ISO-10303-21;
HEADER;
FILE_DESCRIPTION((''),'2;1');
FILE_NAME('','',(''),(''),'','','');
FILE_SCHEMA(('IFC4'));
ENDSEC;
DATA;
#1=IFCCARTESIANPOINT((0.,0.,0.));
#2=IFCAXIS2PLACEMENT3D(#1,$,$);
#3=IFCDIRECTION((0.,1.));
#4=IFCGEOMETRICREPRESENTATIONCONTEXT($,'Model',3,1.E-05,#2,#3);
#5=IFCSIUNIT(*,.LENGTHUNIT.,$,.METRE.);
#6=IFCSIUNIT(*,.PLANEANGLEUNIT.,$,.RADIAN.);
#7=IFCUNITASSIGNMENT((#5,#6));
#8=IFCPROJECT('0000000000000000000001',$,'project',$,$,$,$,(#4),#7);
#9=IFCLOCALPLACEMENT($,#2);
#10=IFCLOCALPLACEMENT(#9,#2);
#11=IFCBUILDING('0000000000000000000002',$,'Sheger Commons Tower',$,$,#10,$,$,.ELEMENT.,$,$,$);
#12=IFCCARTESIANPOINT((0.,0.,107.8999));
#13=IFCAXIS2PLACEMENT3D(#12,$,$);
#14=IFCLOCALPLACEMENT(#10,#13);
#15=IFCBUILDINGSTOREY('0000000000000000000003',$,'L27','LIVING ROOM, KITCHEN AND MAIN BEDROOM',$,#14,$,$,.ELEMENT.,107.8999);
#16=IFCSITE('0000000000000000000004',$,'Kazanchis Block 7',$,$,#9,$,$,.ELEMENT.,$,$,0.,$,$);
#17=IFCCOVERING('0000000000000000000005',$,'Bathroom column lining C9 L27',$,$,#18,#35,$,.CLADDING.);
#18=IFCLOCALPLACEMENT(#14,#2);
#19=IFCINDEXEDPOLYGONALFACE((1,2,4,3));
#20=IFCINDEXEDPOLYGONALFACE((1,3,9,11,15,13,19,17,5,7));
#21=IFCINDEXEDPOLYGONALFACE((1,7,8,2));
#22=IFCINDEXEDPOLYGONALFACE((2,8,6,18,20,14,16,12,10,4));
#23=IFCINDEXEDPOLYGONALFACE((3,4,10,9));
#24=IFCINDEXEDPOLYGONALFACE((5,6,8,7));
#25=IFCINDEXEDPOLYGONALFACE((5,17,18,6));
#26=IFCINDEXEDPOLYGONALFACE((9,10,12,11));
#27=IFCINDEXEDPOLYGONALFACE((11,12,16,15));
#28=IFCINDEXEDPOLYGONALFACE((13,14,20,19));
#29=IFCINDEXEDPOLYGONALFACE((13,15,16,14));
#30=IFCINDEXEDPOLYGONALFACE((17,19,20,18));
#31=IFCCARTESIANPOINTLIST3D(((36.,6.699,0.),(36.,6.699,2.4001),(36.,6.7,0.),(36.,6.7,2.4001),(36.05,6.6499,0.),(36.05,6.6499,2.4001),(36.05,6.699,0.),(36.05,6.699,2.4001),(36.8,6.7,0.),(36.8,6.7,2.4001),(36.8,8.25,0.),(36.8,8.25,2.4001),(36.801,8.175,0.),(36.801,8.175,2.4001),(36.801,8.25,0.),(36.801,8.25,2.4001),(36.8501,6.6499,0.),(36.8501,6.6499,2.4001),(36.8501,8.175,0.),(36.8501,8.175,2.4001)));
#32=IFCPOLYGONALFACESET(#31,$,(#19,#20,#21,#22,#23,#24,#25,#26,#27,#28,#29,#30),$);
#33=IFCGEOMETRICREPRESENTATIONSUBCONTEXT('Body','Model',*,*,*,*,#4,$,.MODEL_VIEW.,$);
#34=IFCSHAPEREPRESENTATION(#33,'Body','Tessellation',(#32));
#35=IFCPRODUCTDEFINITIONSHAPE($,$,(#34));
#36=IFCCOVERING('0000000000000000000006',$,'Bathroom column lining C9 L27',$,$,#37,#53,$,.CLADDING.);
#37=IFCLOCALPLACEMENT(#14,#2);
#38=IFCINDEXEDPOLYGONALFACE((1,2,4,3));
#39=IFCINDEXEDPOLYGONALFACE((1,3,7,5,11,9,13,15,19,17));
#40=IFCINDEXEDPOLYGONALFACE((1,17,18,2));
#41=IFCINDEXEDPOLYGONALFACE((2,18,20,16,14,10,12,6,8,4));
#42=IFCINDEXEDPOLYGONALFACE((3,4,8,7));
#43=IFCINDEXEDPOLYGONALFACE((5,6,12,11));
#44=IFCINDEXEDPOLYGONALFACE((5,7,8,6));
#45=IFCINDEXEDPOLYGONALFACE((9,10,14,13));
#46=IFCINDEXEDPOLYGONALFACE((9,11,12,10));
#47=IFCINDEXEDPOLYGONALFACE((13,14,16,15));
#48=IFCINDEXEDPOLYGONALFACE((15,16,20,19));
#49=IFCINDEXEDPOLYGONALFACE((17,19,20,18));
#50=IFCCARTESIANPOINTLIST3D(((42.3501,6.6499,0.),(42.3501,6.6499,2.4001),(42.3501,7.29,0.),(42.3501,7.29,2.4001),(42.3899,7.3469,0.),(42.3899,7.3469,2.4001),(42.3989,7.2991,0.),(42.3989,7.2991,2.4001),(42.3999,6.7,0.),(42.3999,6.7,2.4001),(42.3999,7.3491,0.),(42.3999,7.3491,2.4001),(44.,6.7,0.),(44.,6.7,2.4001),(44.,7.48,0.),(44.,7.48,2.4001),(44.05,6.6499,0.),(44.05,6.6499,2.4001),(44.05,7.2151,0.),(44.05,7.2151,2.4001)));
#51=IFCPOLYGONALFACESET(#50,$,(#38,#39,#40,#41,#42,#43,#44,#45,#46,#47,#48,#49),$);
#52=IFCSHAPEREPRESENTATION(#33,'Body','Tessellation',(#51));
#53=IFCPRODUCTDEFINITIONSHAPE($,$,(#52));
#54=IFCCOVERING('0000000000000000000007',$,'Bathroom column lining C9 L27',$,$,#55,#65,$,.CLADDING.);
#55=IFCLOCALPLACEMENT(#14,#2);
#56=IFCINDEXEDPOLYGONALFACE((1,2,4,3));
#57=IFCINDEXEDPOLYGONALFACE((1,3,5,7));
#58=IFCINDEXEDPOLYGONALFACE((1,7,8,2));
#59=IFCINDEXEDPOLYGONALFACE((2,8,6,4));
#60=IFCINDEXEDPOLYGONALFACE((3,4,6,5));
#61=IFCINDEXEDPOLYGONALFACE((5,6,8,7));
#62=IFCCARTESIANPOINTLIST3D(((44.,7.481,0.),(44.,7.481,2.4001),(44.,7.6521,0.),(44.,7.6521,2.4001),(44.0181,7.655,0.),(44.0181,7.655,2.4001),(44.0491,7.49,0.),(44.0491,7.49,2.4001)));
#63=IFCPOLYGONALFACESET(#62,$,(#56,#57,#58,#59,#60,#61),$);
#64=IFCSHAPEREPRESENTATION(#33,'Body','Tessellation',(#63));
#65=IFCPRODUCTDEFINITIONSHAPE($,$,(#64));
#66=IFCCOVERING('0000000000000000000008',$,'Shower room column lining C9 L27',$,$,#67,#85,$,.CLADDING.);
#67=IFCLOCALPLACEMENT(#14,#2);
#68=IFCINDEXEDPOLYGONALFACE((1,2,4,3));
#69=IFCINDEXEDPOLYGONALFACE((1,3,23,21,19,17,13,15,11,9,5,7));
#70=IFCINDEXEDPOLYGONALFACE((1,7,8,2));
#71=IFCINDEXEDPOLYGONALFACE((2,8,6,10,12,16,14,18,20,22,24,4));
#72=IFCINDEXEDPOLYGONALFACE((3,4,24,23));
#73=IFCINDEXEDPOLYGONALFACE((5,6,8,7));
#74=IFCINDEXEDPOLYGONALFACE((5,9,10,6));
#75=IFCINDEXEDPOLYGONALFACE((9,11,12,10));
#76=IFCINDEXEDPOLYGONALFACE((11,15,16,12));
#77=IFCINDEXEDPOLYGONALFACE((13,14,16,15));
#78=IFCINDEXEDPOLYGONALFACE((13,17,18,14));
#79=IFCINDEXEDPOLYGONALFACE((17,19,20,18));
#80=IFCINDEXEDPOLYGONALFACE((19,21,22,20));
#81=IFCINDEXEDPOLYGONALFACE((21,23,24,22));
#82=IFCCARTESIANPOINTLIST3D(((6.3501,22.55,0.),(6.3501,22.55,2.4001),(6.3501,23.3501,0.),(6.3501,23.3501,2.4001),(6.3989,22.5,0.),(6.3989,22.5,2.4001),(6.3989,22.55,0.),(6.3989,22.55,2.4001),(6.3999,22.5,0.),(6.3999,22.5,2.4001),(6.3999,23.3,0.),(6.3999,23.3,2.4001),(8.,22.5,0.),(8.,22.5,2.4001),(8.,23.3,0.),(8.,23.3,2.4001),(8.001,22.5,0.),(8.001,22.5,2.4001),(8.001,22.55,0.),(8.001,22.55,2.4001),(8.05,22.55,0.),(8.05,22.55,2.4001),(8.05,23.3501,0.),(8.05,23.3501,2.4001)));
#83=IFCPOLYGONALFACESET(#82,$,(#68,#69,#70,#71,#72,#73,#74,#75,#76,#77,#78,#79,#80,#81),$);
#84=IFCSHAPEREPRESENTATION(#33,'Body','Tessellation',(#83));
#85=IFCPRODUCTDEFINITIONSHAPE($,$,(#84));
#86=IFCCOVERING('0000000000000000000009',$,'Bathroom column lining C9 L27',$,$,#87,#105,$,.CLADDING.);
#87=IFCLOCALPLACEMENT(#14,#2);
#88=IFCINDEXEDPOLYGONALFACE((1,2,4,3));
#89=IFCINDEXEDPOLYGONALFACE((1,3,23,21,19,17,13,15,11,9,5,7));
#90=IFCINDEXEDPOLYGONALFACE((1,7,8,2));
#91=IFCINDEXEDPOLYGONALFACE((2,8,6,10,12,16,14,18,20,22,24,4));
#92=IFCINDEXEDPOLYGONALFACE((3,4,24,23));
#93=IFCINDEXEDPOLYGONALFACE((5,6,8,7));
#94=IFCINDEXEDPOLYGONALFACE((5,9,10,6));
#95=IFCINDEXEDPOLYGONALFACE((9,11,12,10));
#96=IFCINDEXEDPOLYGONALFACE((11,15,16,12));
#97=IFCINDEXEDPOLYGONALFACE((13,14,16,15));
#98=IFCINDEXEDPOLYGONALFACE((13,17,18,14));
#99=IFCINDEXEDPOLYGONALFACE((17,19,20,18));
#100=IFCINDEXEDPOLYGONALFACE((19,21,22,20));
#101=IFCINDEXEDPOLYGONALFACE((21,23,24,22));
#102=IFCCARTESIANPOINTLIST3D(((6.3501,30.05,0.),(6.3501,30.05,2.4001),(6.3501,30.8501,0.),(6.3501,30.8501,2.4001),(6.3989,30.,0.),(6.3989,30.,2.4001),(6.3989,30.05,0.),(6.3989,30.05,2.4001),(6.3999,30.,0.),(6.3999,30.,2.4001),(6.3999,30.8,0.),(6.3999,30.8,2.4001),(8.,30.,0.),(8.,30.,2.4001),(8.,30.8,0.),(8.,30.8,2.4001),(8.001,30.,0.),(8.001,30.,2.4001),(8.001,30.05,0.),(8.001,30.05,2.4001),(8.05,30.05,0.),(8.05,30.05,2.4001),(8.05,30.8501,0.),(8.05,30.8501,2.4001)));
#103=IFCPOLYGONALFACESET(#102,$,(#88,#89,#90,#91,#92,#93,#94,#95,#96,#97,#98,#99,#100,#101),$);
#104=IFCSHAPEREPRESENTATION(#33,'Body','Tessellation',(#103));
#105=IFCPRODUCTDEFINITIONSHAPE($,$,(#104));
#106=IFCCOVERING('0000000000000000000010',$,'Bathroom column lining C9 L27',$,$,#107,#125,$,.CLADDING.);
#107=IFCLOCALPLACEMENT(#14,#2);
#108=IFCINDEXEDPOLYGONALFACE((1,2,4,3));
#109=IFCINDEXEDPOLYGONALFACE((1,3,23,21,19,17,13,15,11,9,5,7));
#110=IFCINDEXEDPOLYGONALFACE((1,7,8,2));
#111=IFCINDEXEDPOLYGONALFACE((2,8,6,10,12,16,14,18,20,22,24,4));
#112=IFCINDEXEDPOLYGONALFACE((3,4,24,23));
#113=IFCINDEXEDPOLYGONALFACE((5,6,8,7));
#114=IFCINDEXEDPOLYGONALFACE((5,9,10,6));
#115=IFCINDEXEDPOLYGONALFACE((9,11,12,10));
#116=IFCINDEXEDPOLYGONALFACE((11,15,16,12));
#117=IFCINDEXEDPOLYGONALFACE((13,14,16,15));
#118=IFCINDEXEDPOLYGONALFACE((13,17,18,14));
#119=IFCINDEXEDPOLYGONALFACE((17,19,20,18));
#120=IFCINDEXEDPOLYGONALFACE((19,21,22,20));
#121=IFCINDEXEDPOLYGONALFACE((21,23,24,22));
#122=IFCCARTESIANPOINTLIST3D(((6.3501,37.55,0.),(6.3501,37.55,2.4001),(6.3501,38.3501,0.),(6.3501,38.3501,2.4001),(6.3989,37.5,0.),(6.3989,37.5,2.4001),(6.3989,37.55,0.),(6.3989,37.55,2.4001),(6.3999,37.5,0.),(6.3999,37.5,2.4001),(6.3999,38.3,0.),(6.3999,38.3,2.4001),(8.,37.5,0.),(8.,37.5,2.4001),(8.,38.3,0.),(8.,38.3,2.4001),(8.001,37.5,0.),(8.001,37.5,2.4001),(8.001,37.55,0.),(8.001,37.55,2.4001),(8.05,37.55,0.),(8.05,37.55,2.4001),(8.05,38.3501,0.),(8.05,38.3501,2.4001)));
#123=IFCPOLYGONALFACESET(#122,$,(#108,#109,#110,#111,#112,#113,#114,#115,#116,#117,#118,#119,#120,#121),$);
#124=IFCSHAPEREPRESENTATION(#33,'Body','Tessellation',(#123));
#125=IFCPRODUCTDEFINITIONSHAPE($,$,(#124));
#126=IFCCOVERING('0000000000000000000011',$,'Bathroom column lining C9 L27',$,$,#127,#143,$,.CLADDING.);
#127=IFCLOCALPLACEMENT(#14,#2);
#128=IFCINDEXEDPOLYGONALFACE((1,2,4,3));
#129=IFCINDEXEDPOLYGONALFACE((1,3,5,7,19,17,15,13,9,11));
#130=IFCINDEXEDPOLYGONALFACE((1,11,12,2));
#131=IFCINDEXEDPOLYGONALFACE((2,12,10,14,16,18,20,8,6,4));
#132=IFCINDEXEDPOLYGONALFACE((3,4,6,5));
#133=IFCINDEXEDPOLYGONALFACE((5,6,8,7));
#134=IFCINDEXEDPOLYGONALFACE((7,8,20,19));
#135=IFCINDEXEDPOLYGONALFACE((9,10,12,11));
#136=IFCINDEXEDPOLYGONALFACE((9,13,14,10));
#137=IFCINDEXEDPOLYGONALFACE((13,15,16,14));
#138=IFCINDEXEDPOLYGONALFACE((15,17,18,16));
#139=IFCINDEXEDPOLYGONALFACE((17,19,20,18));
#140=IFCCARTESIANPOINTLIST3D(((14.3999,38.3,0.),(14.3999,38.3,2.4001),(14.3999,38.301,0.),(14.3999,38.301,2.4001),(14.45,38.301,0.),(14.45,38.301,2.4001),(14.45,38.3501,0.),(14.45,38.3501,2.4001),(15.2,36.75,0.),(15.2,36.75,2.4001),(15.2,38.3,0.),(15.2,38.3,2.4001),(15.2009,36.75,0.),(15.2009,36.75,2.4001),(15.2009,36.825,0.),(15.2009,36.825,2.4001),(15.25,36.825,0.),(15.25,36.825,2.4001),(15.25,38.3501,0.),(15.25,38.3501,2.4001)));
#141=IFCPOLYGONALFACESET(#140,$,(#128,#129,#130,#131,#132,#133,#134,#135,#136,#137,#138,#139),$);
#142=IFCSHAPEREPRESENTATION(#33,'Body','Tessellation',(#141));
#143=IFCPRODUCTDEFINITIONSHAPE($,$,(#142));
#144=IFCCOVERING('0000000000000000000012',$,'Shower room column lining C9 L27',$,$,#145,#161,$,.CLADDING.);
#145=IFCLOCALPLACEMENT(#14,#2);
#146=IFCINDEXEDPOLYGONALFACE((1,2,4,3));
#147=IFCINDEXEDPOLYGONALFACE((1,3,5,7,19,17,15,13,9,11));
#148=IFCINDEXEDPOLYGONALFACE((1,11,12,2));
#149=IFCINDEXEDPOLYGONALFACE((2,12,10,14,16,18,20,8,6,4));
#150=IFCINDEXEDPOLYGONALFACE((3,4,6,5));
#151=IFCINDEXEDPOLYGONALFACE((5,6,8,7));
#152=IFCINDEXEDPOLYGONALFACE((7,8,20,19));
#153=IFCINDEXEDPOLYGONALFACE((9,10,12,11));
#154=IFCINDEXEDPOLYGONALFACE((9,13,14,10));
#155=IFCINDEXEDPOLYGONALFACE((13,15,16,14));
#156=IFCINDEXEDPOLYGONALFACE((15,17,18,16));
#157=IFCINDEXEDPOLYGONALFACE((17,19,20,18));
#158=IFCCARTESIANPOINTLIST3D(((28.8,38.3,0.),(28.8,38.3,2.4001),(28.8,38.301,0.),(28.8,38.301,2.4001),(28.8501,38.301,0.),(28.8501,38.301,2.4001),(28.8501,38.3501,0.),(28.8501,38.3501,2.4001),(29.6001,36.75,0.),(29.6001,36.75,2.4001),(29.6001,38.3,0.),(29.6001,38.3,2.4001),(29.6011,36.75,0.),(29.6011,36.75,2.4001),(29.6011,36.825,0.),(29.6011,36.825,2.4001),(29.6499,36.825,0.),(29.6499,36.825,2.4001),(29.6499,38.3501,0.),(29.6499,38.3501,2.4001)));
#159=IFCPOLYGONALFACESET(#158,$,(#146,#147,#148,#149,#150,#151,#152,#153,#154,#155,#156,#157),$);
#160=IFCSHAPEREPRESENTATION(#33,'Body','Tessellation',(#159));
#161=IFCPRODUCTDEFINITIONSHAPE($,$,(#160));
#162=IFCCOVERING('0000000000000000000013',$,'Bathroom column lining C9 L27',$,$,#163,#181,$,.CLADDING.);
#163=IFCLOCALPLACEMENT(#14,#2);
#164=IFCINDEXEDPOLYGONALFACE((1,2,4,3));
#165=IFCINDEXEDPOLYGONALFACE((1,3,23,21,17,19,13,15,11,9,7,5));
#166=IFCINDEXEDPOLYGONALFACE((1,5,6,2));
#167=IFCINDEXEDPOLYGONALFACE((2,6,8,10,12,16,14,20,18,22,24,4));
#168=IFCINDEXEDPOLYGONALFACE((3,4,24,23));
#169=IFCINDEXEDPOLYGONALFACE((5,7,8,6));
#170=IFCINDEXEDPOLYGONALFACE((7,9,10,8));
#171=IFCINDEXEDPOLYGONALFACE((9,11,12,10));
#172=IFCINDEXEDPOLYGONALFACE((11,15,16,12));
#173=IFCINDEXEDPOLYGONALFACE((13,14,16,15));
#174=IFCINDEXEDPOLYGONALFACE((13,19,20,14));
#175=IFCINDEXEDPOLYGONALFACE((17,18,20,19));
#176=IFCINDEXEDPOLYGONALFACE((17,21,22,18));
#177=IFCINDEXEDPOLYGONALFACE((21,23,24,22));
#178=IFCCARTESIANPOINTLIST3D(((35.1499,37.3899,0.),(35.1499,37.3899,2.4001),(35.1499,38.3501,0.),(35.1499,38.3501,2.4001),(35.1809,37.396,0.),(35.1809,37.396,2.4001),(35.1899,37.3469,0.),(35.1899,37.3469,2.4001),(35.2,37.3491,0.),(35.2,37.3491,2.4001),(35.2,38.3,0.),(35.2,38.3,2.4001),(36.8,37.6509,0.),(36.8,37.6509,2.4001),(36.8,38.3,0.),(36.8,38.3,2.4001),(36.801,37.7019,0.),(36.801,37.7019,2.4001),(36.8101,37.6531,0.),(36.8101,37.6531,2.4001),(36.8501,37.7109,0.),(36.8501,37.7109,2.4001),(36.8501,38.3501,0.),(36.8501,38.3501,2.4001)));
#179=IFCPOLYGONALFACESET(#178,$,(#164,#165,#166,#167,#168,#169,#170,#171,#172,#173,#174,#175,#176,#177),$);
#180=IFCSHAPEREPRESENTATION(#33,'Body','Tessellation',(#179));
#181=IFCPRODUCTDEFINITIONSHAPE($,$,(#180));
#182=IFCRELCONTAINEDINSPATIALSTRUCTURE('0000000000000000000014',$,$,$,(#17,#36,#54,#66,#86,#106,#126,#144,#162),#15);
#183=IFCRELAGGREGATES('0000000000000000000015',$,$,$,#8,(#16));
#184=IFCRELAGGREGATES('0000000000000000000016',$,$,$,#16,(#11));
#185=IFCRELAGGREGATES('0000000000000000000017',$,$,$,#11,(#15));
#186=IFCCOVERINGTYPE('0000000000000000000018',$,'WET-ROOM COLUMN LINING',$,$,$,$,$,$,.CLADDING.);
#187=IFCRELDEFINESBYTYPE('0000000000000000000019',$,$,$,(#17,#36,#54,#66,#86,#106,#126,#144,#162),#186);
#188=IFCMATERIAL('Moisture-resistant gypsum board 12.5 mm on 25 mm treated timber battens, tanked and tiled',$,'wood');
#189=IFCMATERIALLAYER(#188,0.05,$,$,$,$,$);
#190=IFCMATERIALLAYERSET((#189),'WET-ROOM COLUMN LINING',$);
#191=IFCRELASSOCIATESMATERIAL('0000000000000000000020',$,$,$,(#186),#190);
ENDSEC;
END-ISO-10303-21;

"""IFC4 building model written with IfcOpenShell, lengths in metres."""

from ifc_helpers import new_model, si_unit, direction, frame, origin, place, context, subcontext, project, spatial, polyline, outline, extrude, material, layer, layer_set, type_object, element, save


model = new_model("IFC4")

# Units and contexts
model_context = context("Model", 3, precision=1e-05, world=origin(), true_north=direction((0.0, 1.0)))
body_context = subcontext(model_context, "Body", "Model", "MODEL_VIEW")
ifc_project = project(units=[si_unit("LENGTHUNIT", "METRE"), si_unit("PLANEANGLEUNIT", "RADIAN")], contexts=[model_context])

# Site, building, storey
site_placement = place(None, origin())
site = spatial("IfcSite", under=ifc_project, at=site_placement, Name="Kazanchis Block 7", CompositionType="ELEMENT", RefElevation=0.0)
building_placement = place(site_placement, origin())
building = spatial("IfcBuilding", under=site, at=building_placement, Name="Sheger Commons Tower", CompositionType="ELEMENT")
storey_placement = place(building_placement, frame((0.0, 0.0, 107.8999)))
storey = spatial("IfcBuildingStorey", under=building, at=storey_placement, Name="L27", Description="LIVING ROOM, KITCHEN AND MAIN BEDROOM", CompositionType="ELEMENT", Elevation=107.8999)

# Coverings
ifc_material_1 = material(Name="Moisture-resistant gypsum board 12.5 mm on 25 mm treated timber battens, tanked and tiled", Category="wood")
ifc_layer_1 = layer(ifc_material_1, 0.05)
ifc_layer_set_1 = layer_set([ifc_layer_1], Name="WET-ROOM COLUMN LINING")
covering_type_1 = type_object("IfcCoveringType", Name="WET-ROOM COLUMN LINING", PredefinedType="CLADDING", material=ifc_layer_set_1)
covering_1_placement = place(storey_placement, origin())
element("IfcCovering", 1, at=covering_1_placement, inside=storey, type_object=covering_type_1, Name="Bathroom column lining C9 L27", PredefinedType="CLADDING", context=body_context, shape_type="SweptSolid", body=[
    extrude(outline(polyline([(36.05, 6.6499), (36.05, 6.699), (36.0, 6.699), (36.0, 6.7), (36.8, 6.7), (36.8, 8.25), (36.801, 8.25), (36.801, 8.175), (36.8501, 8.175), (36.8501, 6.6499), (36.05, 6.6499)])), origin(), (0.0, 0.0, 1.0), 2.4001),
])
covering_2_placement = place(storey_placement, origin())
element("IfcCovering", 2, at=covering_2_placement, inside=storey, type_object=covering_type_1, Name="Bathroom column lining C9 L27", PredefinedType="CLADDING", context=body_context, shape_type="SweptSolid", body=[
    extrude(outline(polyline([(42.3999, 7.3491), (42.3999, 6.7), (44.0, 6.7), (44.0, 7.48), (44.05, 7.2151), (44.05, 6.6499), (42.3501, 6.6499), (42.3501, 7.29), (42.3989, 7.2991), (42.3899, 7.3469), (42.3999, 7.3491)])), origin(), (0.0, 0.0, 1.0), 2.4001),
])
covering_3_placement = place(storey_placement, origin())
element("IfcCovering", 3, at=covering_3_placement, inside=storey, type_object=covering_type_1, Name="Bathroom column lining C9 L27", PredefinedType="CLADDING", context=body_context, shape_type="SweptSolid", body=[
    extrude(outline(polyline([(44.0, 7.6521), (44.0181, 7.655), (44.0491, 7.49), (44.0, 7.481), (44.0, 7.6521)])), origin(), (0.0, 0.0, 1.0), 2.4001),
])
covering_4_placement = place(storey_placement, origin())
element("IfcCovering", 4, at=covering_4_placement, inside=storey, type_object=covering_type_1, Name="Shower room column lining C9 L27", PredefinedType="CLADDING", context=body_context, shape_type="SweptSolid", body=[
    extrude(outline(polyline([(8.05, 23.3501), (8.05, 22.55), (8.001, 22.55), (8.001, 22.5), (8.0, 22.5), (8.0, 23.3), (6.3999, 23.3), (6.3999, 22.5), (6.3989, 22.5), (6.3989, 22.55), (6.3501, 22.55), (6.3501, 23.3501), (8.05, 23.3501)])), origin(), (0.0, 0.0, 1.0), 2.4001),
])
covering_5_placement = place(storey_placement, origin())
element("IfcCovering", 5, at=covering_5_placement, inside=storey, type_object=covering_type_1, Name="Bathroom column lining C9 L27", PredefinedType="CLADDING", context=body_context, shape_type="SweptSolid", body=[
    extrude(outline(polyline([(8.05, 30.8501), (8.05, 30.05), (8.001, 30.05), (8.001, 30.0), (8.0, 30.0), (8.0, 30.8), (6.3999, 30.8), (6.3999, 30.0), (6.3989, 30.0), (6.3989, 30.05), (6.3501, 30.05), (6.3501, 30.8501), (8.05, 30.8501)])), origin(), (0.0, 0.0, 1.0), 2.4001),
])
covering_6_placement = place(storey_placement, origin())
element("IfcCovering", 6, at=covering_6_placement, inside=storey, type_object=covering_type_1, Name="Bathroom column lining C9 L27", PredefinedType="CLADDING", context=body_context, shape_type="SweptSolid", body=[
    extrude(outline(polyline([(8.05, 38.3501), (8.05, 37.55), (8.001, 37.55), (8.001, 37.5), (8.0, 37.5), (8.0, 38.3), (6.3999, 38.3), (6.3999, 37.5), (6.3989, 37.5), (6.3989, 37.55), (6.3501, 37.55), (6.3501, 38.3501), (8.05, 38.3501)])), origin(), (0.0, 0.0, 1.0), 2.4001),
])
covering_7_placement = place(storey_placement, origin())
element("IfcCovering", 7, at=covering_7_placement, inside=storey, type_object=covering_type_1, Name="Bathroom column lining C9 L27", PredefinedType="CLADDING", context=body_context, shape_type="SweptSolid", body=[
    extrude(outline(polyline([(15.25, 36.825), (15.2009, 36.825), (15.2009, 36.75), (15.2, 36.75), (15.2, 38.3), (14.3999, 38.3), (14.3999, 38.301), (14.45, 38.301), (14.45, 38.3501), (15.25, 38.3501), (15.25, 36.825)])), origin(), (0.0, 0.0, 1.0), 2.4001),
])
covering_8_placement = place(storey_placement, origin())
element("IfcCovering", 8, at=covering_8_placement, inside=storey, type_object=covering_type_1, Name="Shower room column lining C9 L27", PredefinedType="CLADDING", context=body_context, shape_type="SweptSolid", body=[
    extrude(outline(polyline([(29.6499, 36.825), (29.6011, 36.825), (29.6011, 36.75), (29.6001, 36.75), (29.6001, 38.3), (28.8, 38.3), (28.8, 38.301), (28.8501, 38.301), (28.8501, 38.3501), (29.6499, 38.3501), (29.6499, 36.825)])), origin(), (0.0, 0.0, 1.0), 2.4001),
])
covering_9_placement = place(storey_placement, origin())
element("IfcCovering", 9, at=covering_9_placement, inside=storey, type_object=covering_type_1, Name="Bathroom column lining C9 L27", PredefinedType="CLADDING", context=body_context, shape_type="SweptSolid", body=[
    extrude(outline(polyline([(36.8501, 38.3501), (36.8501, 37.7109), (36.801, 37.7019), (36.8101, 37.6531), (36.8, 37.6509), (36.8, 38.3), (35.2, 38.3), (35.2, 37.3491), (35.1899, 37.3469), (35.1809, 37.396), (35.1499, 37.3899), (35.1499, 38.3501), (36.8501, 38.3501)])), origin(), (0.0, 0.0, 1.0), 2.4001),
])

save(model, "model.ifc")
